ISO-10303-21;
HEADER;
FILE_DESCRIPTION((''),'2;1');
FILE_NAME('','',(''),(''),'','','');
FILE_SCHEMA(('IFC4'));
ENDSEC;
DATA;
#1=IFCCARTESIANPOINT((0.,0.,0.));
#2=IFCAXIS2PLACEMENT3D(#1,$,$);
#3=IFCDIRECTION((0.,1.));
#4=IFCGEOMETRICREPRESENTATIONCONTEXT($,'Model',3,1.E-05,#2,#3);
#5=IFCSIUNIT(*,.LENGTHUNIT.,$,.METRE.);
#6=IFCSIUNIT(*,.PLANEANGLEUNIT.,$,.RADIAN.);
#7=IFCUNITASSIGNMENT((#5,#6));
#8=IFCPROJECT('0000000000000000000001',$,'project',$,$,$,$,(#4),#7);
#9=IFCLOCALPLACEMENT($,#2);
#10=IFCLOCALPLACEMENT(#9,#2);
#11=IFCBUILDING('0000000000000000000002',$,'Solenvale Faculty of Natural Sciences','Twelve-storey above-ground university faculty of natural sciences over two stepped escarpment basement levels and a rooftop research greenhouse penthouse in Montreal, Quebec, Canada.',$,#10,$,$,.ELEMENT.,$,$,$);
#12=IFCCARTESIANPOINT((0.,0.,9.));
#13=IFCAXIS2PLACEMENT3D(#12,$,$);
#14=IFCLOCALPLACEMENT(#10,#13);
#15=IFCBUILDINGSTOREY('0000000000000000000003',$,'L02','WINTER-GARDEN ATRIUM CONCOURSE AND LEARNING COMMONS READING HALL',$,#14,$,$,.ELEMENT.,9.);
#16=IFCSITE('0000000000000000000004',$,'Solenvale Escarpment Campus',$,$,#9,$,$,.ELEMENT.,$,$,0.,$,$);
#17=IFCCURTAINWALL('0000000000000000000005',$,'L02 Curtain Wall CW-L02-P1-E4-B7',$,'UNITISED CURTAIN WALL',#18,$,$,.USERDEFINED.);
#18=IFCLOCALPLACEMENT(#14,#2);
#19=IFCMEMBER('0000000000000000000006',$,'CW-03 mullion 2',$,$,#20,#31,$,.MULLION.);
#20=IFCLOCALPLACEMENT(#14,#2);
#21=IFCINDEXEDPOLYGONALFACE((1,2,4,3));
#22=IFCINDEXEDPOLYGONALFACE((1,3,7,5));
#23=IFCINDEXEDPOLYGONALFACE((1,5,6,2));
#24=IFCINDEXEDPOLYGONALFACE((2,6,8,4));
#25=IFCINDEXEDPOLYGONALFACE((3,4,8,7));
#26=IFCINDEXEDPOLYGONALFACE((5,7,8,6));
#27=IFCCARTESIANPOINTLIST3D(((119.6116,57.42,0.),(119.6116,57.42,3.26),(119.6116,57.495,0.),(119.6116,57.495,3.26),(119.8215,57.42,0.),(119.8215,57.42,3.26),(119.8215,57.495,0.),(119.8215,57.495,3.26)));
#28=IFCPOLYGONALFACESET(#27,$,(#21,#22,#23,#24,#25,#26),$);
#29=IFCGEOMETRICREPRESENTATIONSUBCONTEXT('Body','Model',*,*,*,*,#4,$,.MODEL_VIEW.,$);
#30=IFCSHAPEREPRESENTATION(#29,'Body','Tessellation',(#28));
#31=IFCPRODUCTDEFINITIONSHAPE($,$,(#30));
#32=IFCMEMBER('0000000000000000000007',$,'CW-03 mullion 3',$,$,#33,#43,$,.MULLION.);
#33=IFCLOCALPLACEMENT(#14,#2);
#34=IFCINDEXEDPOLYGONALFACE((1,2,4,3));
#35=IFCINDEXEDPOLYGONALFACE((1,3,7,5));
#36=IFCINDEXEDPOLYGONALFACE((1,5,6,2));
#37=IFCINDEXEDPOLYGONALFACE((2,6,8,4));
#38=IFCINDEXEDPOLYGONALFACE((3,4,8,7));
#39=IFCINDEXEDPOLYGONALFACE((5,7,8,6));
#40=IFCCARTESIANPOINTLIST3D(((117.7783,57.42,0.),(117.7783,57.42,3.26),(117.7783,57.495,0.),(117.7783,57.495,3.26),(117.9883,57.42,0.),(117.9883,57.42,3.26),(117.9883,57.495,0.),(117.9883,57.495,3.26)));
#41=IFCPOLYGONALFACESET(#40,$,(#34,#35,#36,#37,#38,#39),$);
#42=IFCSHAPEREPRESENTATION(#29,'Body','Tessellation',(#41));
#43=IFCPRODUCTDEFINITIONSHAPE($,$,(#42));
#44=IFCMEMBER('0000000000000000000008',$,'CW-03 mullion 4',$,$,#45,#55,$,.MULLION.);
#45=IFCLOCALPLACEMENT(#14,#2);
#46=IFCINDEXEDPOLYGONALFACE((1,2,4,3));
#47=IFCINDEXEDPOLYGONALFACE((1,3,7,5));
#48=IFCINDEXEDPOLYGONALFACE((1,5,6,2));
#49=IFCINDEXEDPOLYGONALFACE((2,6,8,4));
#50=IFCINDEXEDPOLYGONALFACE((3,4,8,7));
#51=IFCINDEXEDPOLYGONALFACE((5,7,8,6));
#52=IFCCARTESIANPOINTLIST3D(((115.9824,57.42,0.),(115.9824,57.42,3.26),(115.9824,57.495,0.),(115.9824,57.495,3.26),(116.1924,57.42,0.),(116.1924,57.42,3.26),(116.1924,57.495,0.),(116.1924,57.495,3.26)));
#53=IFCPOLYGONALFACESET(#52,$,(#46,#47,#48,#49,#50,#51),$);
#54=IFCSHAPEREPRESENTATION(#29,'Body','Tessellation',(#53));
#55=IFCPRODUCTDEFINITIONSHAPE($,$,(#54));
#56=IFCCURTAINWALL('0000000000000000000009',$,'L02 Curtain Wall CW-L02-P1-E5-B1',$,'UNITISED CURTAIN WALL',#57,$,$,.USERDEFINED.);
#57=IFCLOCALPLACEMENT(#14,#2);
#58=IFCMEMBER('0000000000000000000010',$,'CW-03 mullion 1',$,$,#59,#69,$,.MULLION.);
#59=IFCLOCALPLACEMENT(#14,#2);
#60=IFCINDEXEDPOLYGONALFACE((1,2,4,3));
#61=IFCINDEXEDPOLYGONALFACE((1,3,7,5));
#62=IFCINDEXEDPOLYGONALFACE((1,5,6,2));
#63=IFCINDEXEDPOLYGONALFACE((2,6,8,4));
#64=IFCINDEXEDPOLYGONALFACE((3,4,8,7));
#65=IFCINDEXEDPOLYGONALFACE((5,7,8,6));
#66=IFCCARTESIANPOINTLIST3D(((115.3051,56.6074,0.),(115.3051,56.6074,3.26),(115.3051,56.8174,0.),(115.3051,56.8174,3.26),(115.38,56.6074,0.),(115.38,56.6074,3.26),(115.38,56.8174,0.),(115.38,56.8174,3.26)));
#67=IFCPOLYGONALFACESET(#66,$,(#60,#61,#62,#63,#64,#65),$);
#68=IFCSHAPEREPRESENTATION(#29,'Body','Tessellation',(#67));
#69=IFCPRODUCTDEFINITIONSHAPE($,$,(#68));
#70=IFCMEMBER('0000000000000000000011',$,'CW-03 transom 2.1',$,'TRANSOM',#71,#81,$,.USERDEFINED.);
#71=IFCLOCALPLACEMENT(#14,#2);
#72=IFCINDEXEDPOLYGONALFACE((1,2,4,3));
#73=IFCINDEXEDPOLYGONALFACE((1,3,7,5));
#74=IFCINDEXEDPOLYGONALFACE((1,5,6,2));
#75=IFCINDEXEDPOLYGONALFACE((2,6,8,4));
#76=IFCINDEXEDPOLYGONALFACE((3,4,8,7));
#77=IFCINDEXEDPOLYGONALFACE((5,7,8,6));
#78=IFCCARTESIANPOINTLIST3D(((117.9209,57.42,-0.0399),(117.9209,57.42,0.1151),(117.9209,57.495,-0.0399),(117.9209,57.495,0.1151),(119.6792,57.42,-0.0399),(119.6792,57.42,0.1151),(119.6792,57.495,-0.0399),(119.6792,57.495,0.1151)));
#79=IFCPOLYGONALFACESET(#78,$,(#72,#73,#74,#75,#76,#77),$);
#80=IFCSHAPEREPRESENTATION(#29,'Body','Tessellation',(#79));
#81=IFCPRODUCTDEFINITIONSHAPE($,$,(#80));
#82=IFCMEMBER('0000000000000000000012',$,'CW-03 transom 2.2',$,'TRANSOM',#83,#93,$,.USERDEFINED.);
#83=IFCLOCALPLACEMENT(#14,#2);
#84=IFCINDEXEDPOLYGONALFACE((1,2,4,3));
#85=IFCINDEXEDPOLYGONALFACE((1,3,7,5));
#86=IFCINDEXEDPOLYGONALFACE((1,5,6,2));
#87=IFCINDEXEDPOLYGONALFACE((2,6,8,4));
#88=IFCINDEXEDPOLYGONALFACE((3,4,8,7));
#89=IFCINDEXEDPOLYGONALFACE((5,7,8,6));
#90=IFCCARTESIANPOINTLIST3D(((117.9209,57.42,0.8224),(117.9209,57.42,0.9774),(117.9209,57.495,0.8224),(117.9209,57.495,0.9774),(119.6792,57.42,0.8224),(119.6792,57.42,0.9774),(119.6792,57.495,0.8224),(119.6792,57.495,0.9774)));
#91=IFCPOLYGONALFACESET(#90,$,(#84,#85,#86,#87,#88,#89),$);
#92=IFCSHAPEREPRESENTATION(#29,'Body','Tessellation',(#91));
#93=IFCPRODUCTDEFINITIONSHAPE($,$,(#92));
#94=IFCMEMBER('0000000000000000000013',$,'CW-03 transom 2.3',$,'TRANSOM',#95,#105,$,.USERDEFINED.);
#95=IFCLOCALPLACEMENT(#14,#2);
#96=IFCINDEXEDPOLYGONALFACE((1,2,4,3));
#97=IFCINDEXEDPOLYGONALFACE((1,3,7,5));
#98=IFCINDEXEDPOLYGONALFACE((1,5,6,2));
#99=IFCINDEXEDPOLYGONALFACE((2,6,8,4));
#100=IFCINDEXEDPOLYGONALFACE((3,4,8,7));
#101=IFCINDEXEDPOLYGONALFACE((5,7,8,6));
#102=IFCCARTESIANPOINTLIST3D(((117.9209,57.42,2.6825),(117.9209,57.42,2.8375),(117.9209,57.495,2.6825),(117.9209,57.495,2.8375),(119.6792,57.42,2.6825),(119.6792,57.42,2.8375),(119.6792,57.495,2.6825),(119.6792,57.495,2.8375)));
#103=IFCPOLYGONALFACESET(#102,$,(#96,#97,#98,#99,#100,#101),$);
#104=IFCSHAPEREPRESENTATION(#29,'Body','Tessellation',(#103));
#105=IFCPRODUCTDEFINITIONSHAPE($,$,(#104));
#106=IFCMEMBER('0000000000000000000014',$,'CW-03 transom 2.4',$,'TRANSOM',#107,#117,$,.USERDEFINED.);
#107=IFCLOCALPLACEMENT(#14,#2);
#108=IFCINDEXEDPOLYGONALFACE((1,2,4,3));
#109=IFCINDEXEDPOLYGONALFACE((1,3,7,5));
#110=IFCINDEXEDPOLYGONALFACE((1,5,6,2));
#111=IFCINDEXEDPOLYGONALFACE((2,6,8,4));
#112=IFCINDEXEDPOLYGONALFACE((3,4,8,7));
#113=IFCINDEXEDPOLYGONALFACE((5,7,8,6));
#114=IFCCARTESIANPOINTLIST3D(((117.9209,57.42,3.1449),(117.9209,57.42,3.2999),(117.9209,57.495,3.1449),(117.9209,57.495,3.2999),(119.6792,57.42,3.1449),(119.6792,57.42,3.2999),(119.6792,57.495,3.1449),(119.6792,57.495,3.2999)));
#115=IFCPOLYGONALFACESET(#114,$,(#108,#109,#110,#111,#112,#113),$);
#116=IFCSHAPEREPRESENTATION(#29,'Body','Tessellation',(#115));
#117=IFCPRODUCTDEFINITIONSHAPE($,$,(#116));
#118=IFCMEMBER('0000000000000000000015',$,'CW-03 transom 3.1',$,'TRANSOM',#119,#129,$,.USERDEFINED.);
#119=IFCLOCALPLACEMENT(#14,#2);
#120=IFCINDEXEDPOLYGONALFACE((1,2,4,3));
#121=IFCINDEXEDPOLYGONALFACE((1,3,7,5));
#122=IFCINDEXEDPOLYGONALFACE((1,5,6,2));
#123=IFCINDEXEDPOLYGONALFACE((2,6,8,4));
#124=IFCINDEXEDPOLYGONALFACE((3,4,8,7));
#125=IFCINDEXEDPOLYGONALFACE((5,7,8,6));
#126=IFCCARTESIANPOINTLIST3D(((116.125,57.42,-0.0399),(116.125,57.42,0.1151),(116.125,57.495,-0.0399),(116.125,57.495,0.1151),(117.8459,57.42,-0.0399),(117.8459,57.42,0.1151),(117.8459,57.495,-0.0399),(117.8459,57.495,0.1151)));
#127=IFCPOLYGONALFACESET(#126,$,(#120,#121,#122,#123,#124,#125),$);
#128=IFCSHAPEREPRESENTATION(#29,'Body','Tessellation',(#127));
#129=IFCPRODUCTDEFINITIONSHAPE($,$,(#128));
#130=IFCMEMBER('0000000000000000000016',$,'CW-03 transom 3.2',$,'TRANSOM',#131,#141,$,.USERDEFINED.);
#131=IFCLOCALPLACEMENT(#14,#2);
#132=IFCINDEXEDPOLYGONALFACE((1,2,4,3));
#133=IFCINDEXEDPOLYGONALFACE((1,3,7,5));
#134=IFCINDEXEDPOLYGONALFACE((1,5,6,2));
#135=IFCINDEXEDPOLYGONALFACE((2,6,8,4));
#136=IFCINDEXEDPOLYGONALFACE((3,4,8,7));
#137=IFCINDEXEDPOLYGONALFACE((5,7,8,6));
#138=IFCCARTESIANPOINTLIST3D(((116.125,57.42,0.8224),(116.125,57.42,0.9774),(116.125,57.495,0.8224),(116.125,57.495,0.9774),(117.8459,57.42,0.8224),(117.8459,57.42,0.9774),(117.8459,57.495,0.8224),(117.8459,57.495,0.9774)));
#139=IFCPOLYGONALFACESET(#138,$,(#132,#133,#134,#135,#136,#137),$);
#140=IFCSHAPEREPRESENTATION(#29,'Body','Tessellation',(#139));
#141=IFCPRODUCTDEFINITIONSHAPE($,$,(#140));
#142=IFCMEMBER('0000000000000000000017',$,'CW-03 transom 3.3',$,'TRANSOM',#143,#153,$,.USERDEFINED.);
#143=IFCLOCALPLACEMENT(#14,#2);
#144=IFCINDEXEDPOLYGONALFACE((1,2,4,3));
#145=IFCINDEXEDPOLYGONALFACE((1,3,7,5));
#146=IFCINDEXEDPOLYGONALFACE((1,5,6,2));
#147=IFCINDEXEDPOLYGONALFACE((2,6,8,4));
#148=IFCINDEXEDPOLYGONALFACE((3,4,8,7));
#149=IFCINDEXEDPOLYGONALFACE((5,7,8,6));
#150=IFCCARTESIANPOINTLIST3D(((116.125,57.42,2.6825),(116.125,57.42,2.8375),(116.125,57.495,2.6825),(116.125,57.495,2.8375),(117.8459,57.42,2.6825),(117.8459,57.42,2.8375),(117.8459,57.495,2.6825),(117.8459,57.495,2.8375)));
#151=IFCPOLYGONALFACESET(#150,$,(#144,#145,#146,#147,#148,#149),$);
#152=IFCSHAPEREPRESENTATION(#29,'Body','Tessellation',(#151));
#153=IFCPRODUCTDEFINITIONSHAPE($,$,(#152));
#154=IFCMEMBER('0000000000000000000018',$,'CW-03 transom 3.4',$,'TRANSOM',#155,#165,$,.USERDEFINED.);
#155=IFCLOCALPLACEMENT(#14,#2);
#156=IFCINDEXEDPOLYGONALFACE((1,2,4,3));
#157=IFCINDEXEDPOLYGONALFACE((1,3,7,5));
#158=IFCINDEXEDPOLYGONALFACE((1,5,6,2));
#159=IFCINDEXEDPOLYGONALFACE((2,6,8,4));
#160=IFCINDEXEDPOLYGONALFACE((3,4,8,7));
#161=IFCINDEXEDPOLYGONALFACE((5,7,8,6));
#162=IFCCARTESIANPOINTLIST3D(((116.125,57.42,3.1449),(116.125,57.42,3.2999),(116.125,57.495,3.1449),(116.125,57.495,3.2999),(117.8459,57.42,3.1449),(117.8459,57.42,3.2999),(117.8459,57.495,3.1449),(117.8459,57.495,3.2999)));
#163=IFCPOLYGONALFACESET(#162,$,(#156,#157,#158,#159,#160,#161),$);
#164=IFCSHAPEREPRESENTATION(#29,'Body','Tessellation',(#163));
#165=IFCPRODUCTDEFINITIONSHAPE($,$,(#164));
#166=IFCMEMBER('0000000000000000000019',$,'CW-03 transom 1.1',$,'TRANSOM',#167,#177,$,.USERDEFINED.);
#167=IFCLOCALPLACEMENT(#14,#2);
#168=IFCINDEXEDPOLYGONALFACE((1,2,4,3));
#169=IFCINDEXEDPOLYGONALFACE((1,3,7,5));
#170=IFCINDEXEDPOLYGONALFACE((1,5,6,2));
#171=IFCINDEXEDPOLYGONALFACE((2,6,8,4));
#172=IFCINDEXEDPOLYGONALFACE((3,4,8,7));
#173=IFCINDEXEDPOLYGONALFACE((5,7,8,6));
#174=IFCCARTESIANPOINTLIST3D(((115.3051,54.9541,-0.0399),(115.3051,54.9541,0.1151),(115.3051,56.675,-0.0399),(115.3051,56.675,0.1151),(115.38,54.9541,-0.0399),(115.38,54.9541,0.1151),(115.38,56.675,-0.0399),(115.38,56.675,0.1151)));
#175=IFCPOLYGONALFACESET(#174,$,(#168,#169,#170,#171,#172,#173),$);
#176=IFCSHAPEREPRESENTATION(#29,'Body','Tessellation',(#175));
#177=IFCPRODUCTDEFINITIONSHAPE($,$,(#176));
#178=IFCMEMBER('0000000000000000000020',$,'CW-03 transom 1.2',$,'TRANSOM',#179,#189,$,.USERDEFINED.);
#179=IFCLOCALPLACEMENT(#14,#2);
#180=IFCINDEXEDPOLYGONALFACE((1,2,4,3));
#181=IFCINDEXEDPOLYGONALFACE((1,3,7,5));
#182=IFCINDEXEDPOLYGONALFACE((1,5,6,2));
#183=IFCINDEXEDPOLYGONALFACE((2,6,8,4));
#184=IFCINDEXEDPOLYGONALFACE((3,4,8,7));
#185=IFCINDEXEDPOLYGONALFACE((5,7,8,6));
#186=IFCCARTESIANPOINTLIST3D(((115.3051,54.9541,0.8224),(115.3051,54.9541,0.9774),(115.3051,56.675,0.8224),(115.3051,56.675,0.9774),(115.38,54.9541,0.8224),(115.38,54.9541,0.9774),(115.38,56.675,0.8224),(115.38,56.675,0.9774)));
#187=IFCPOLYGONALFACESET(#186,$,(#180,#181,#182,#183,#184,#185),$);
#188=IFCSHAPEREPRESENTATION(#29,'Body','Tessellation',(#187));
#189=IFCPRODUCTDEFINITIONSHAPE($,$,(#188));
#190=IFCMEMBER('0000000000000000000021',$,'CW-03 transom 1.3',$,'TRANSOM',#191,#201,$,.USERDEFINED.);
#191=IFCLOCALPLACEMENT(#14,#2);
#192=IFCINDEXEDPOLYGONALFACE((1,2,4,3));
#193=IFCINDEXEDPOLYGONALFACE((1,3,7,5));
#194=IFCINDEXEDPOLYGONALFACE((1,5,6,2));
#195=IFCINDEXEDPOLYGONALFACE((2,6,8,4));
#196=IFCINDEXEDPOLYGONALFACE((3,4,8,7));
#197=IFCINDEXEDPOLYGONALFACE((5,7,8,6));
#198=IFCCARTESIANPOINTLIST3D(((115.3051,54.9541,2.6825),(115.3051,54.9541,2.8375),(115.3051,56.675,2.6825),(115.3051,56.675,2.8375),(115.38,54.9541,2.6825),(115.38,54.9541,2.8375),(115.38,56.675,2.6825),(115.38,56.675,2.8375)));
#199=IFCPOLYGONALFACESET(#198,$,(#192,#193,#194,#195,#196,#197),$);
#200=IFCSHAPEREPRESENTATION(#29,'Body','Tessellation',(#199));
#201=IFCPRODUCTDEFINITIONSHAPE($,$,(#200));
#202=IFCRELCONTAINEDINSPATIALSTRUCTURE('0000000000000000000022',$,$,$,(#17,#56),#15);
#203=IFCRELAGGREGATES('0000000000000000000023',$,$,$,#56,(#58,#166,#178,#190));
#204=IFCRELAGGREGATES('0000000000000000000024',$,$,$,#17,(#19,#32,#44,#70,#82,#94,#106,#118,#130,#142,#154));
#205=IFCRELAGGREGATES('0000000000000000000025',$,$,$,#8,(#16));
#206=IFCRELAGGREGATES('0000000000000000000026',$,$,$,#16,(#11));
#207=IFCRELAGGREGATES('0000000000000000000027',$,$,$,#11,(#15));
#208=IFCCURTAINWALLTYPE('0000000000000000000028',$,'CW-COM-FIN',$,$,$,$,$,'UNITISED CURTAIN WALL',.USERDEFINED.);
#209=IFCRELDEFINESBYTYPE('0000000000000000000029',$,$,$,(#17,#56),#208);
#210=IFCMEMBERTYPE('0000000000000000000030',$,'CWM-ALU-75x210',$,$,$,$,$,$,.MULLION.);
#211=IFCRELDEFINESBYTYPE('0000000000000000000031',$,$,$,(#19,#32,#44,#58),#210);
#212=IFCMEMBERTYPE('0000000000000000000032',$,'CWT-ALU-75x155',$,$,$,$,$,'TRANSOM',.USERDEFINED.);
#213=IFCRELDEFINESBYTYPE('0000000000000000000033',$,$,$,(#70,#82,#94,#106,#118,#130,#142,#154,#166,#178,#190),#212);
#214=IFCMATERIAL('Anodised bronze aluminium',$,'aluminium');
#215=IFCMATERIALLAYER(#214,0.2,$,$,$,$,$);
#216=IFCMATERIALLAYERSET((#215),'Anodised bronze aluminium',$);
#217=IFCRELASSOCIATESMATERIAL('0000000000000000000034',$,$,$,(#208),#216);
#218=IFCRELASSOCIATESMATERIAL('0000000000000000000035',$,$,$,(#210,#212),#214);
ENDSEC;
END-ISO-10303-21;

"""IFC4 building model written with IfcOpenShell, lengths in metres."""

from ifc_helpers import new_model, si_unit, direction, frame, origin, origin_2d, place, context, subcontext, project, spatial, rectangle, extrude, material, layer, layer_set, material_profile, profile_set, type_object, element, aggregate, save


model = new_model("IFC4")

# Units and contexts
model_context = context("Model", 3, precision=1e-05, world=origin(), true_north=direction((0.0, 1.0)))
body_context = subcontext(model_context, "Body", "Model", "MODEL_VIEW")
ifc_project = project(units=[si_unit("LENGTHUNIT", "METRE"), si_unit("PLANEANGLEUNIT", "RADIAN")], contexts=[model_context])

# Site, building, storey
site_placement = place(None, origin())
site = spatial("IfcSite", under=ifc_project, at=site_placement, Name="Solenvale Escarpment Campus", CompositionType="ELEMENT", RefElevation=0.0)
building_placement = place(site_placement, origin())
building = spatial("IfcBuilding", under=site, at=building_placement, Name="Solenvale Faculty of Natural Sciences", Description="Twelve-storey above-ground university faculty of natural sciences over two stepped escarpment basement levels and a rooftop research greenhouse penthouse in Montreal, Quebec, Canada.", CompositionType="ELEMENT")
storey_placement = place(building_placement, frame((0.0, 0.0, 9.0)))
storey = spatial("IfcBuildingStorey", under=building, at=storey_placement, Name="L02", Description="WINTER-GARDEN ATRIUM CONCOURSE AND LEARNING COMMONS READING HALL", CompositionType="ELEMENT", Elevation=9.0)

# Curtain wall, members
ifc_material_1 = material(Name="Anodised bronze aluminium", Category="aluminium")
ifc_layer_1 = layer(ifc_material_1, 0.2)
ifc_layer_set_1 = layer_set([ifc_layer_1], Name="Anodised bronze aluminium")
curtain_wall_type = type_object("IfcCurtainWallType", Name="CW-COM-FIN", ElementType="UNITISED CURTAIN WALL", PredefinedType="USERDEFINED", material=ifc_layer_set_1)
curtain_wall_1_placement = place(storey_placement, origin())
curtain_wall_1 = element("IfcCurtainWall", 1, at=curtain_wall_1_placement, inside=storey, type_object=curtain_wall_type, Name="L02 Curtain Wall CW-L02-P1-E4-B7", ObjectType="UNITISED CURTAIN WALL", PredefinedType="USERDEFINED")
ifc_material_profile_1 = material_profile(ifc_material_1, rectangle(XDim=0.075, YDim=0.21, at=origin_2d()), Name="ALU-MUL-75x210")
ifc_profile_set_1 = profile_set([ifc_material_profile_1], Name="Anodised bronze aluminium")
member_type_1 = type_object("IfcMemberType", Name="CWM-ALU-75x210", PredefinedType="MULLION", material=ifc_profile_set_1)
member_1_placement = place(storey_placement, frame((119.7166, 57.4575, 0.0), z_axis=(0.0, 0.0, 1.0), x_axis=(0.0, -1.0, 0.0)))
member_1 = element("IfcMember", 2, at=member_1_placement, type_object=member_type_1, Name="CW-03 mullion 2", PredefinedType="MULLION", context=body_context, shape_type="SweptSolid", body=[
    extrude(rectangle(XDim=0.075, YDim=0.21, at=origin_2d()), origin(), (0.0, 0.0, 1.0), 3.26),
])
member_2_placement = place(storey_placement, frame((117.8833, 57.4575, 0.0), z_axis=(0.0, 0.0, 1.0), x_axis=(0.0, -1.0, 0.0)))
member_2 = element("IfcMember", 3, at=member_2_placement, type_object=member_type_1, Name="CW-03 mullion 3", PredefinedType="MULLION", context=body_context, shape_type="SweptSolid", body=[
    extrude(rectangle(XDim=0.075, YDim=0.21, at=origin_2d()), origin(), (0.0, 0.0, 1.0), 3.26),
])
member_3_placement = place(storey_placement, frame((116.0874, 57.4575, 0.0), z_axis=(0.0, 0.0, 1.0), x_axis=(0.0, -1.0, 0.0)))
member_3 = element("IfcMember", 4, at=member_3_placement, type_object=member_type_1, Name="CW-03 mullion 4", PredefinedType="MULLION", context=body_context, shape_type="SweptSolid", body=[
    extrude(rectangle(XDim=0.075, YDim=0.21, at=origin_2d()), origin(), (0.0, 0.0, 1.0), 3.26),
])

# Curtain wall, member
curtain_wall_2_placement = place(storey_placement, origin())
curtain_wall_2 = element("IfcCurtainWall", 5, at=curtain_wall_2_placement, inside=storey, type_object=curtain_wall_type, Name="L02 Curtain Wall CW-L02-P1-E5-B1", ObjectType="UNITISED CURTAIN WALL", PredefinedType="USERDEFINED")
member_4_placement = place(storey_placement, frame((115.3425, 56.7124, 0.0), z_axis=(0.0, 0.0, 1.0), x_axis=(1.0, 0.0, 0.0)))
member_4 = element("IfcMember", 6, at=member_4_placement, type_object=member_type_1, Name="CW-03 mullion 1", PredefinedType="MULLION", context=body_context, shape_type="SweptSolid", body=[
    extrude(rectangle(XDim=0.075, YDim=0.21, at=origin_2d()), origin(), (0.0, 0.0, 1.0), 3.26),
])

# Members
ifc_material_profile_2 = material_profile(ifc_material_1, rectangle(XDim=0.075, YDim=0.155, at=origin_2d()), Name="ALU-TRN-75x155")
ifc_profile_set_2 = profile_set([ifc_material_profile_2], Name="Anodised bronze aluminium")
member_type_2 = type_object("IfcMemberType", Name="CWT-ALU-75x155", ElementType="TRANSOM", PredefinedType="USERDEFINED", material=ifc_profile_set_2)
member_5_placement = place(storey_placement, frame((119.6792, 57.4575, 0.0376), z_axis=(-1.0, 0.0, 0.0), x_axis=(0.0, -1.0, 0.0)))
member_5 = element("IfcMember", 7, at=member_5_placement, type_object=member_type_2, Name="CW-03 transom 2.1", ObjectType="TRANSOM", PredefinedType="USERDEFINED", context=body_context, shape_type="SweptSolid", body=[
    extrude(rectangle(XDim=0.075, YDim=0.155, at=origin_2d()), origin(), (0.0, 0.0, 1.0), 1.7583),
])
member_6_placement = place(storey_placement, frame((119.6792, 57.4575, 0.8999), z_axis=(-1.0, 0.0, 0.0), x_axis=(0.0, -1.0, 0.0)))
member_6 = element("IfcMember", 8, at=member_6_placement, type_object=member_type_2, Name="CW-03 transom 2.2", ObjectType="TRANSOM", PredefinedType="USERDEFINED", context=body_context, shape_type="SweptSolid", body=[
    extrude(rectangle(XDim=0.075, YDim=0.155, at=origin_2d()), origin(), (0.0, 0.0, 1.0), 1.7583),
])
member_7_placement = place(storey_placement, frame((119.6792, 57.4575, 2.76), z_axis=(-1.0, 0.0, 0.0), x_axis=(0.0, -1.0, 0.0)))
member_7 = element("IfcMember", 9, at=member_7_placement, type_object=member_type_2, Name="CW-03 transom 2.3", ObjectType="TRANSOM", PredefinedType="USERDEFINED", context=body_context, shape_type="SweptSolid", body=[
    extrude(rectangle(XDim=0.075, YDim=0.155, at=origin_2d()), origin(), (0.0, 0.0, 1.0), 1.7583),
])
member_8_placement = place(storey_placement, frame((119.6792, 57.4575, 3.2224), z_axis=(-1.0, 0.0, 0.0), x_axis=(0.0, -1.0, 0.0)))
member_8 = element("IfcMember", 10, at=member_8_placement, type_object=member_type_2, Name="CW-03 transom 2.4", ObjectType="TRANSOM", PredefinedType="USERDEFINED", context=body_context, shape_type="SweptSolid", body=[
    extrude(rectangle(XDim=0.075, YDim=0.155, at=origin_2d()), origin(), (0.0, 0.0, 1.0), 1.7583),
])
member_9_placement = place(storey_placement, frame((117.8459, 57.4575, 0.0376), z_axis=(-1.0, 0.0, 0.0), x_axis=(0.0, -1.0, 0.0)))
member_9 = element("IfcMember", 11, at=member_9_placement, type_object=member_type_2, Name="CW-03 transom 3.1", ObjectType="TRANSOM", PredefinedType="USERDEFINED", context=body_context, shape_type="SweptSolid", body=[
    extrude(rectangle(XDim=0.075, YDim=0.155, at=origin_2d()), origin(), (0.0, 0.0, 1.0), 1.7209),
])
member_10_placement = place(storey_placement, frame((117.8459, 57.4575, 0.8999), z_axis=(-1.0, 0.0, 0.0), x_axis=(0.0, -1.0, 0.0)))
member_10 = element("IfcMember", 12, at=member_10_placement, type_object=member_type_2, Name="CW-03 transom 3.2", ObjectType="TRANSOM", PredefinedType="USERDEFINED", context=body_context, shape_type="SweptSolid", body=[
    extrude(rectangle(XDim=0.075, YDim=0.155, at=origin_2d()), origin(), (0.0, 0.0, 1.0), 1.7209),
])
member_11_placement = place(storey_placement, frame((117.8459, 57.4575, 2.76), z_axis=(-1.0, 0.0, 0.0), x_axis=(0.0, -1.0, 0.0)))
member_11 = element("IfcMember", 13, at=member_11_placement, type_object=member_type_2, Name="CW-03 transom 3.3", ObjectType="TRANSOM", PredefinedType="USERDEFINED", context=body_context, shape_type="SweptSolid", body=[
    extrude(rectangle(XDim=0.075, YDim=0.155, at=origin_2d()), origin(), (0.0, 0.0, 1.0), 1.7209),
])
member_12_placement = place(storey_placement, frame((117.8459, 57.4575, 3.2224), z_axis=(-1.0, 0.0, 0.0), x_axis=(0.0, -1.0, 0.0)))
member_12 = element("IfcMember", 14, at=member_12_placement, type_object=member_type_2, Name="CW-03 transom 3.4", ObjectType="TRANSOM", PredefinedType="USERDEFINED", context=body_context, shape_type="SweptSolid", body=[
    extrude(rectangle(XDim=0.075, YDim=0.155, at=origin_2d()), origin(), (0.0, 0.0, 1.0), 1.7209),
])
member_13_placement = place(storey_placement, frame((115.3425, 56.675, 0.0376), z_axis=(0.0, -1.0, 0.0), x_axis=(1.0, 0.0, 0.0)))
member_13 = element("IfcMember", 15, at=member_13_placement, type_object=member_type_2, Name="CW-03 transom 1.1", ObjectType="TRANSOM", PredefinedType="USERDEFINED", context=body_context, shape_type="SweptSolid", body=[
    extrude(rectangle(XDim=0.075, YDim=0.155, at=origin_2d()), origin(), (0.0, 0.0, 1.0), 1.7209),
])
member_14_placement = place(storey_placement, frame((115.3425, 56.675, 0.8999), z_axis=(0.0, -1.0, 0.0), x_axis=(1.0, 0.0, 0.0)))
member_14 = element("IfcMember", 16, at=member_14_placement, type_object=member_type_2, Name="CW-03 transom 1.2", ObjectType="TRANSOM", PredefinedType="USERDEFINED", context=body_context, shape_type="SweptSolid", body=[
    extrude(rectangle(XDim=0.075, YDim=0.155, at=origin_2d()), origin(), (0.0, 0.0, 1.0), 1.7209),
])
member_15_placement = place(storey_placement, frame((115.3425, 56.675, 2.76), z_axis=(0.0, -1.0, 0.0), x_axis=(1.0, 0.0, 0.0)))
member_15 = element("IfcMember", 17, at=member_15_placement, type_object=member_type_2, Name="CW-03 transom 1.3", ObjectType="TRANSOM", PredefinedType="USERDEFINED", context=body_context, shape_type="SweptSolid", body=[
    extrude(rectangle(XDim=0.075, YDim=0.155, at=origin_2d()), origin(), (0.0, 0.0, 1.0), 1.7209),
])

aggregate(curtain_wall_2, [member_4, member_13, member_14, member_15])
aggregate(curtain_wall_1, [member_1, member_2, member_3, member_5, member_6, member_7, member_8, member_9, member_10, member_11, member_12])

save(model, "model.ifc")
